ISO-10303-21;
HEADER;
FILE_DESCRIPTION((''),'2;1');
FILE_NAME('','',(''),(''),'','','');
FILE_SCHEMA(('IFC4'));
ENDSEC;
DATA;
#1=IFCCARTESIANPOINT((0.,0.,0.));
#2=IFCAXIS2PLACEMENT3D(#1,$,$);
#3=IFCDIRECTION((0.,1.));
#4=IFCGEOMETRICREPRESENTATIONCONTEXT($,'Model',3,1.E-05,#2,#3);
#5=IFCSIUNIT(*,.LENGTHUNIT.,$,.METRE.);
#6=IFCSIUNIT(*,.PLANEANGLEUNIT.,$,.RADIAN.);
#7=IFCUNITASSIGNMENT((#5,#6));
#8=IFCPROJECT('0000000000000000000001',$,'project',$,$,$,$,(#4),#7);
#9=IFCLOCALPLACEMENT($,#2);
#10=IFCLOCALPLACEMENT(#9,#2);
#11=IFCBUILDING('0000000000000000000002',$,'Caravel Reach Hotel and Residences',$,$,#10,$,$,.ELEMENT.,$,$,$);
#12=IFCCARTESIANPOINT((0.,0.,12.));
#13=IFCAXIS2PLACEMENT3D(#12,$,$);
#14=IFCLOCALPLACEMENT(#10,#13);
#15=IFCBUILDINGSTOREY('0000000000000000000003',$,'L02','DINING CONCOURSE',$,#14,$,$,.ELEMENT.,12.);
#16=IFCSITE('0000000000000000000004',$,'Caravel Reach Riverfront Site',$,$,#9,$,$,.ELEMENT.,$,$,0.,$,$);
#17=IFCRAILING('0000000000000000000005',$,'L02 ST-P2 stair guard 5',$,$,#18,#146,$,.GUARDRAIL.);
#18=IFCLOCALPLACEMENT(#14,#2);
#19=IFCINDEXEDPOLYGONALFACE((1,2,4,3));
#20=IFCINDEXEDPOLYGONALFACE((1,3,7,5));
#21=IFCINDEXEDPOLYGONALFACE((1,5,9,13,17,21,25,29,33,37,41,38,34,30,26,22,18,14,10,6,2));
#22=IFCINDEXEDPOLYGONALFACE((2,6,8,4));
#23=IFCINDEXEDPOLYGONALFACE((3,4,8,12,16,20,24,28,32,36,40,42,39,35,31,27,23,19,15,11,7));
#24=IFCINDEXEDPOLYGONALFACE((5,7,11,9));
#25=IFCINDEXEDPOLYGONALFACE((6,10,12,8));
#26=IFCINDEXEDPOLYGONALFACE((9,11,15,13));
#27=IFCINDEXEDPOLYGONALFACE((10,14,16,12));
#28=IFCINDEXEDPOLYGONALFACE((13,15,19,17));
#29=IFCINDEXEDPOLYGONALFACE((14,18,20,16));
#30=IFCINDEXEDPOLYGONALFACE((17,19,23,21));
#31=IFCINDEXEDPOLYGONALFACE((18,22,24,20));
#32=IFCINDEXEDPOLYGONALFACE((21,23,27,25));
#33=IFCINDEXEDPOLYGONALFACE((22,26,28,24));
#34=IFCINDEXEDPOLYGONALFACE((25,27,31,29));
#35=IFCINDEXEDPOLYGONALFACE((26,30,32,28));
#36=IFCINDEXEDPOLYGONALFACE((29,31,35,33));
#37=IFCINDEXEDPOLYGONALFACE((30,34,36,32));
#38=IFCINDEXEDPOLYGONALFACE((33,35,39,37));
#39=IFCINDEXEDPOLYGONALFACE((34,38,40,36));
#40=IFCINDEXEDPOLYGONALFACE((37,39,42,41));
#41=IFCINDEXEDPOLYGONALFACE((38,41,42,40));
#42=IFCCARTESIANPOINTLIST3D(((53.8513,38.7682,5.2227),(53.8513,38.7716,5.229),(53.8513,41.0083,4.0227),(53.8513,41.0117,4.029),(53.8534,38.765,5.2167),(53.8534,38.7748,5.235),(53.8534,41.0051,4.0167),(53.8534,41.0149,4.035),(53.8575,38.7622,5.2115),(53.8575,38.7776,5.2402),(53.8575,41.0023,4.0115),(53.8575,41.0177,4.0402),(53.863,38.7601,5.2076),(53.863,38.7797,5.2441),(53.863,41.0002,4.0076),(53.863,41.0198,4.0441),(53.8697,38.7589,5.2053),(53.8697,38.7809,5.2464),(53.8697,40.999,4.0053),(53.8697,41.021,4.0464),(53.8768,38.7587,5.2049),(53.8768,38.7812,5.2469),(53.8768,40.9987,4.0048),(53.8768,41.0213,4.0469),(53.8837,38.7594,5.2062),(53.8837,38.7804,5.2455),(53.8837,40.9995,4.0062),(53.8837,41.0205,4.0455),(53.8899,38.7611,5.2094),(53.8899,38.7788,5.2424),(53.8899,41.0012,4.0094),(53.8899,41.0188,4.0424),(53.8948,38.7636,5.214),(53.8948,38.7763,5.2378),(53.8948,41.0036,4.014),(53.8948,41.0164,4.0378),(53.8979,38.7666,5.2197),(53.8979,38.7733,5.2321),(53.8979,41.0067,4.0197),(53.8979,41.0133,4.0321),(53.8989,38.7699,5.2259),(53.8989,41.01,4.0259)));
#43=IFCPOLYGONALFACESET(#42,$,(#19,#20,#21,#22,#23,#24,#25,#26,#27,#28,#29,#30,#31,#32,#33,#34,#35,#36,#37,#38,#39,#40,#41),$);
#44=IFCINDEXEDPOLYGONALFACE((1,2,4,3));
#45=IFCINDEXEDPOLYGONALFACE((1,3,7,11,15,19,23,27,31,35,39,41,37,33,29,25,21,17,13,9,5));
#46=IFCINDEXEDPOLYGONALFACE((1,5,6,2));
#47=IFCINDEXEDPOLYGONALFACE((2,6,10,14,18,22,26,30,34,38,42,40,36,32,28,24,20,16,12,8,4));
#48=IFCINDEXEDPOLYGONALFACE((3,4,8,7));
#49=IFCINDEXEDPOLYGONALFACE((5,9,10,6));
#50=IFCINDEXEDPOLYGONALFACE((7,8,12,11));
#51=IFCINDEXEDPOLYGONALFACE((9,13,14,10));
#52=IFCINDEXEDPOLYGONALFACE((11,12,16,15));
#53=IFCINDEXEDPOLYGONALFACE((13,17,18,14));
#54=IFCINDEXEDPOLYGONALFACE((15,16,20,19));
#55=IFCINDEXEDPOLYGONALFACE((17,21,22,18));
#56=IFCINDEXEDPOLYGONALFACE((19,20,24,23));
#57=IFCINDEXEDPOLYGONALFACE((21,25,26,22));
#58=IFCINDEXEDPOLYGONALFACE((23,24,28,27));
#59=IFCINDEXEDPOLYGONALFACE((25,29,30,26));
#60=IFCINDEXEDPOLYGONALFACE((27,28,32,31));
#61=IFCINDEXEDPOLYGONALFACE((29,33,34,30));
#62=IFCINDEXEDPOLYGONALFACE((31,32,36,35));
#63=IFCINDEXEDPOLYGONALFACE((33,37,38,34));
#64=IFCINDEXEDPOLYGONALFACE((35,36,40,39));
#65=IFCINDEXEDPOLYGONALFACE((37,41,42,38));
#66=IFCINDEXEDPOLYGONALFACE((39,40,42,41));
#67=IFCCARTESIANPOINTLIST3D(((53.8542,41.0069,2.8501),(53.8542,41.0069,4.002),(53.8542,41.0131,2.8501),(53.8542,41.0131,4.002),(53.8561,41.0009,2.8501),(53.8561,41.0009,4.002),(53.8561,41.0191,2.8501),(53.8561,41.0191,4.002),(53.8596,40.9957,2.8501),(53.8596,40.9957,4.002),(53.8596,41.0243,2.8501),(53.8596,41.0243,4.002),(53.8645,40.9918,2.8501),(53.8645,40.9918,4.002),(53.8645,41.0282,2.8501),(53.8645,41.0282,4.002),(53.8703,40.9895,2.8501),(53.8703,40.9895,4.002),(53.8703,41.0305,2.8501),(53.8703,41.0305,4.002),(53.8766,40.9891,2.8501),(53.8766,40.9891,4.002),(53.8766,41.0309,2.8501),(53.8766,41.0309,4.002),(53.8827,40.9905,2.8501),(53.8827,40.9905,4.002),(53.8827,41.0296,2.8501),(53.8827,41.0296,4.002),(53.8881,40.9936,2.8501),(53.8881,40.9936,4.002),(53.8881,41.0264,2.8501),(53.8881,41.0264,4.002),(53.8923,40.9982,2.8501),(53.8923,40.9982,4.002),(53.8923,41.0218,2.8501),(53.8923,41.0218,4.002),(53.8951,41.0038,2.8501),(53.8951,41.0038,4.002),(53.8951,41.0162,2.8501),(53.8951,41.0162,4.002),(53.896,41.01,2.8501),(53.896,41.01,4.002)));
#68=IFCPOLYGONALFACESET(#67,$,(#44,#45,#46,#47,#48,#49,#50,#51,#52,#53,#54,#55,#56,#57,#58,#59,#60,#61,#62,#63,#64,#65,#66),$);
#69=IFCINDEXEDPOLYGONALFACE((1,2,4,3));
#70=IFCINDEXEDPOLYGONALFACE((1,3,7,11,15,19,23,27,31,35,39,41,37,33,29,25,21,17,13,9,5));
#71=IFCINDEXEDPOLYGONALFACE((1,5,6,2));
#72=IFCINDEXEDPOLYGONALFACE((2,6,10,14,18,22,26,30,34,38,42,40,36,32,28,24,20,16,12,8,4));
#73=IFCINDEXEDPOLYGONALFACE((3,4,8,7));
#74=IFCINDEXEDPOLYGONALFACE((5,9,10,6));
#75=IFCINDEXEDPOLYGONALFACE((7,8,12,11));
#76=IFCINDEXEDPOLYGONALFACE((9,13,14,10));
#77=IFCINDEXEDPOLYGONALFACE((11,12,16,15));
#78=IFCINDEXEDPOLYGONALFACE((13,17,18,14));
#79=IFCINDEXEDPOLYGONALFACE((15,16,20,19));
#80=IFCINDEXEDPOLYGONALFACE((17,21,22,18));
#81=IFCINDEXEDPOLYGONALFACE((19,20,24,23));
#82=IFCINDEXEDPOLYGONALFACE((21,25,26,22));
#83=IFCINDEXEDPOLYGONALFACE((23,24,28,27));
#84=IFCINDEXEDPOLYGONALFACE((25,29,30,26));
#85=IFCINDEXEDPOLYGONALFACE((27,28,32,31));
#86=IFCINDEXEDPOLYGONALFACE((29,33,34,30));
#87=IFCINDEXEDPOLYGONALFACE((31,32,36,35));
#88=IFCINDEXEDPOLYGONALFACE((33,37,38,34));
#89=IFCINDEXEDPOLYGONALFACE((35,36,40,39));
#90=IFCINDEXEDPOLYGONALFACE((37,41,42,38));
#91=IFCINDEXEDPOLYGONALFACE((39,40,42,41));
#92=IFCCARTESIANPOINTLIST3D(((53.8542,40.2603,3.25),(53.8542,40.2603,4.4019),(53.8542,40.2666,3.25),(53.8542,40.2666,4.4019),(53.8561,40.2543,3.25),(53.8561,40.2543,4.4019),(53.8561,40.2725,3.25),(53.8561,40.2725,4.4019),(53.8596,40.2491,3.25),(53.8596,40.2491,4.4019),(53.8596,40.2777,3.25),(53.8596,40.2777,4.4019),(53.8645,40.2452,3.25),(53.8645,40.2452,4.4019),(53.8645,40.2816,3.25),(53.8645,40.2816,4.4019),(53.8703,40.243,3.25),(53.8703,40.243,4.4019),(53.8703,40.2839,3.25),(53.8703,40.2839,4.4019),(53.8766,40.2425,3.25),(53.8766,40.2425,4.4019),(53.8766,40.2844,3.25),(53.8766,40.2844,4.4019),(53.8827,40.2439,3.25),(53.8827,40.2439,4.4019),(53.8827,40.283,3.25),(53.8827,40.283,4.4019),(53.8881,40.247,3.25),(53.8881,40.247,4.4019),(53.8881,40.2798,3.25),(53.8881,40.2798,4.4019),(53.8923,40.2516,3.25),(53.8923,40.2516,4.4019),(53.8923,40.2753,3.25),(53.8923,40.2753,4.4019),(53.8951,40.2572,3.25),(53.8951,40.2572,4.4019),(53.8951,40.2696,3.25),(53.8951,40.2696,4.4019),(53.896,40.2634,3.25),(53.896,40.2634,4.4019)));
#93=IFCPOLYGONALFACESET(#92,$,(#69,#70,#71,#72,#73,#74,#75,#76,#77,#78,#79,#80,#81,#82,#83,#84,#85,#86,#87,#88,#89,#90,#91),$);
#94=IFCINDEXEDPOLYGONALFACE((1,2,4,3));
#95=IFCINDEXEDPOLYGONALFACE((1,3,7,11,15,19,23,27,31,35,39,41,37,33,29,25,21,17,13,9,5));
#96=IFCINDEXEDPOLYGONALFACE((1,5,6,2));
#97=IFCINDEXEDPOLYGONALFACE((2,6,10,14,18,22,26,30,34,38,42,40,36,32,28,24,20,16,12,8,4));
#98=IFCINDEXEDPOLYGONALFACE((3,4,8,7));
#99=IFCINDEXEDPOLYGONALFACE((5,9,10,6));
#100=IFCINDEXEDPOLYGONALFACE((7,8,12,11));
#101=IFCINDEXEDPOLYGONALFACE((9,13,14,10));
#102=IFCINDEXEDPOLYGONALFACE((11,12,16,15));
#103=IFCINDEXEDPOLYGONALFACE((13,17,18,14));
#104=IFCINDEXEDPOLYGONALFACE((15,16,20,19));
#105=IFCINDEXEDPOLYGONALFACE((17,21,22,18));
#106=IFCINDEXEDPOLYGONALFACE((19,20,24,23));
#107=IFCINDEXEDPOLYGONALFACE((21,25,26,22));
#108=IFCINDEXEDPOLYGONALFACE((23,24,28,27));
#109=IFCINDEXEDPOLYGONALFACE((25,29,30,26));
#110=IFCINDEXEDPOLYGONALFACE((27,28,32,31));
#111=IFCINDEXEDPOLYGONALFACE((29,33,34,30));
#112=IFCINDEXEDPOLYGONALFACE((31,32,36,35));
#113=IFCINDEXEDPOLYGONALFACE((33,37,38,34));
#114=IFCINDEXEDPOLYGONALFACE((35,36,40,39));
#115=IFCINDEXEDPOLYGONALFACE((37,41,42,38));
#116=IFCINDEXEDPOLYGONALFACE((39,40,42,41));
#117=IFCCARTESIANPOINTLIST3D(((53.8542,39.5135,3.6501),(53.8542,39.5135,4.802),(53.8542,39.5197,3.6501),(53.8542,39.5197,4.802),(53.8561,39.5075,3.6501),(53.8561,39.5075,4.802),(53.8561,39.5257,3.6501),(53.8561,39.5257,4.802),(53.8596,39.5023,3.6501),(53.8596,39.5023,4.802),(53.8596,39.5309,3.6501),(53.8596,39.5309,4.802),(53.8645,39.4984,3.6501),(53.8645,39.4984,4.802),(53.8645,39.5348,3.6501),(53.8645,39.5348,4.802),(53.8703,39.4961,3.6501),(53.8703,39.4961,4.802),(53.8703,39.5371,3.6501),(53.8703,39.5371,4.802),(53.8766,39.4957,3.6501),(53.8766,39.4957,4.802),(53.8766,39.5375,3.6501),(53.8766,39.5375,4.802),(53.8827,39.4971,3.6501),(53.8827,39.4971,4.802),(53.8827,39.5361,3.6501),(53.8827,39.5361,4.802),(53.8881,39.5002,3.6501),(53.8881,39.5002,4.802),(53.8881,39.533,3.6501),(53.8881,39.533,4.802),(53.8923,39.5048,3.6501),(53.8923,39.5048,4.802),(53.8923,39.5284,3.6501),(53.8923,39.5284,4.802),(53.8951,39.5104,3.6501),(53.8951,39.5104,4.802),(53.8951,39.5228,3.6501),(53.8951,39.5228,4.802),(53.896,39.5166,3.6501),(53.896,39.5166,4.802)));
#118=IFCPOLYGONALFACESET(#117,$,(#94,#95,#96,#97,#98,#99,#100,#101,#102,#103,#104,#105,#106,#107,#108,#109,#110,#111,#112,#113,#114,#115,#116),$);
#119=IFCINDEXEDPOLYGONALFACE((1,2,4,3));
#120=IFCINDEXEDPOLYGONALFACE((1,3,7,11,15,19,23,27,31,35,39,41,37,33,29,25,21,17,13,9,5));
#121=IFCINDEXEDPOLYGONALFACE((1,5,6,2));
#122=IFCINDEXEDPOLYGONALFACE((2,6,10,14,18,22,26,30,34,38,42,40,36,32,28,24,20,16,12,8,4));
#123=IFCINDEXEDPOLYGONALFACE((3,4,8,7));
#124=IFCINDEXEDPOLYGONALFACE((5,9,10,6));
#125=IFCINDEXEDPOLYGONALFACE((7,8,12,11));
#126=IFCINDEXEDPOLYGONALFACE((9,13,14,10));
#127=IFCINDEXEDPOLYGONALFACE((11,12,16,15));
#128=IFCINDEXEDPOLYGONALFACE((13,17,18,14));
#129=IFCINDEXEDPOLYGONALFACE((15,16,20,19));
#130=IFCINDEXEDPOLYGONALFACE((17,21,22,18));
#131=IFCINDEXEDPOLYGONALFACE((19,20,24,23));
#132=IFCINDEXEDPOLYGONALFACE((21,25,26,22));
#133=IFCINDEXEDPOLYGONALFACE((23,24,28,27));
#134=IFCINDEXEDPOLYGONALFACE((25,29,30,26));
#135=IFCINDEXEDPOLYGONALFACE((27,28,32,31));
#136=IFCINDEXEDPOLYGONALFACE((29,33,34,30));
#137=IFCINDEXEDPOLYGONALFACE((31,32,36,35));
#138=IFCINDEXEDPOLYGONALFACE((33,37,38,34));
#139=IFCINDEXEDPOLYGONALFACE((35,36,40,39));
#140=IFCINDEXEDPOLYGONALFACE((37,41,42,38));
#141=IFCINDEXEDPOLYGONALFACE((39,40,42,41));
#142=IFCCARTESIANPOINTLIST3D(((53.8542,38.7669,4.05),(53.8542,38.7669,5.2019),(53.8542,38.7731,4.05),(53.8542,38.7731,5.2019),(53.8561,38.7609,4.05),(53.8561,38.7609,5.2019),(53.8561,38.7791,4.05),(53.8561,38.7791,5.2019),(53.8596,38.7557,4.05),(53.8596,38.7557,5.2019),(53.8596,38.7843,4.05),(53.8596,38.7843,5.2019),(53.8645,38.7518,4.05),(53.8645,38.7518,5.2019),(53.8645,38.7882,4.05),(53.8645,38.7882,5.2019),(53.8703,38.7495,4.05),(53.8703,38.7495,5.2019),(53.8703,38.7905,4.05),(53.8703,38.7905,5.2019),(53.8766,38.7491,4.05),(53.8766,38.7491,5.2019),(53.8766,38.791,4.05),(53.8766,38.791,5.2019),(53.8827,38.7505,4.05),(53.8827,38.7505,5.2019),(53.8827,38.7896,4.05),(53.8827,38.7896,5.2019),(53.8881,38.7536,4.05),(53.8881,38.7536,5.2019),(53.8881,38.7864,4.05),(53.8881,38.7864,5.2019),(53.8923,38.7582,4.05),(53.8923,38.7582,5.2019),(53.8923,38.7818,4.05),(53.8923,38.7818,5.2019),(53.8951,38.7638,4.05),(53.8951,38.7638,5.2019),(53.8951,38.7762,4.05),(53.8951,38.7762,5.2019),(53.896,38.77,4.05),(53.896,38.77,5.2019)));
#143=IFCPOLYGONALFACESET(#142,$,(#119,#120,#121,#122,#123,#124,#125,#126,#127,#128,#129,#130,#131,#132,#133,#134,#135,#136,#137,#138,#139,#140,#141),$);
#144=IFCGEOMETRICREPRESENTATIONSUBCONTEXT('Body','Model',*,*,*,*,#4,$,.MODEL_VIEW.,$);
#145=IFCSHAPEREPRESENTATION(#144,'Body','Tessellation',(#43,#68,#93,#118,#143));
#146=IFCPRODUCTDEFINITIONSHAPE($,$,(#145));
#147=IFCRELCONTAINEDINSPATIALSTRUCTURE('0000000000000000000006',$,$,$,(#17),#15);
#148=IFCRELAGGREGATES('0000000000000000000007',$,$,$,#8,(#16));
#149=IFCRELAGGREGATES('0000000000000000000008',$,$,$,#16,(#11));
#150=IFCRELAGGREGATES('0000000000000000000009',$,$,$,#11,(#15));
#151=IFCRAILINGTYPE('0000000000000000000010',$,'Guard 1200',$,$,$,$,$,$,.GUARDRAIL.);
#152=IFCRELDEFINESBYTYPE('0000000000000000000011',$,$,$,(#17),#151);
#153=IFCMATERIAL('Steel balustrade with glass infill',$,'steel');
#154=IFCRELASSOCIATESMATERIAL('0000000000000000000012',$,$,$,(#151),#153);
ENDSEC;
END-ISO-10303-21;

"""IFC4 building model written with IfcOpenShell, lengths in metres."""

from ifc_helpers import new_model, si_unit, direction, frame, origin, origin_2d, place, context, subcontext, project, spatial, circle, extrude, material, type_object, element, save


model = new_model("IFC4")

# Units and contexts
model_context = context("Model", 3, precision=1e-05, world=origin(), true_north=direction((0.0, 1.0)))
body_context = subcontext(model_context, "Body", "Model", "MODEL_VIEW")
ifc_project = project(units=[si_unit("LENGTHUNIT", "METRE"), si_unit("PLANEANGLEUNIT", "RADIAN")], contexts=[model_context])

# Site, building, storey
site_placement = place(None, origin())
site = spatial("IfcSite", under=ifc_project, at=site_placement, Name="Caravel Reach Riverfront Site", CompositionType="ELEMENT", RefElevation=0.0)
building_placement = place(site_placement, origin())
building = spatial("IfcBuilding", under=site, at=building_placement, Name="Caravel Reach Hotel and Residences", CompositionType="ELEMENT")
storey_placement = place(building_placement, frame((0.0, 0.0, 12.0)))
storey = spatial("IfcBuildingStorey", under=building, at=storey_placement, Name="L02", Description="DINING CONCOURSE", CompositionType="ELEMENT", Elevation=12.0)

# Railing
ifc_material_1 = material(Name="Steel balustrade with glass infill", Category="steel")
railing_type_1 = type_object("IfcRailingType", Name="Guard 1200", PredefinedType="GUARDRAIL", material=ifc_material_1)
railing_1_placement = place(storey_placement, frame((53.875, 41.01, 2.8501)))
element("IfcRailing", 1, at=railing_1_placement, inside=storey, type_object=railing_type_1, Name="L02 ST-P2 stair guard 5", PredefinedType="GUARDRAIL", context=body_context, shape_type="SweptSolid", body=[
    extrude(circle(Radius=0.0239, at=origin_2d()), frame((0.0, 0.0, 1.1758), z_axis=(0.0, -0.881487, 0.472208), x_axis=(1.0, 0.0, 0.0)), (0.0, 0.0, 1.0), 2.5413),
    extrude(circle(Radius=0.021, at=origin_2d()), origin(), (0.0, 0.0, 1.0), 1.1519),
    extrude(circle(Radius=0.021, at=origin_2d()), frame((0.0, -0.7466, 0.3999)), (0.0, 0.0, 1.0), 1.1519),
    extrude(circle(Radius=0.021, at=origin_2d()), frame((0.0, -1.4934, 0.8)), (0.0, 0.0, 1.0), 1.1519),
    extrude(circle(Radius=0.021, at=origin_2d()), frame((0.0, -2.24, 1.2)), (0.0, 0.0, 1.0), 1.1519),
])

save(model, "model.ifc")
